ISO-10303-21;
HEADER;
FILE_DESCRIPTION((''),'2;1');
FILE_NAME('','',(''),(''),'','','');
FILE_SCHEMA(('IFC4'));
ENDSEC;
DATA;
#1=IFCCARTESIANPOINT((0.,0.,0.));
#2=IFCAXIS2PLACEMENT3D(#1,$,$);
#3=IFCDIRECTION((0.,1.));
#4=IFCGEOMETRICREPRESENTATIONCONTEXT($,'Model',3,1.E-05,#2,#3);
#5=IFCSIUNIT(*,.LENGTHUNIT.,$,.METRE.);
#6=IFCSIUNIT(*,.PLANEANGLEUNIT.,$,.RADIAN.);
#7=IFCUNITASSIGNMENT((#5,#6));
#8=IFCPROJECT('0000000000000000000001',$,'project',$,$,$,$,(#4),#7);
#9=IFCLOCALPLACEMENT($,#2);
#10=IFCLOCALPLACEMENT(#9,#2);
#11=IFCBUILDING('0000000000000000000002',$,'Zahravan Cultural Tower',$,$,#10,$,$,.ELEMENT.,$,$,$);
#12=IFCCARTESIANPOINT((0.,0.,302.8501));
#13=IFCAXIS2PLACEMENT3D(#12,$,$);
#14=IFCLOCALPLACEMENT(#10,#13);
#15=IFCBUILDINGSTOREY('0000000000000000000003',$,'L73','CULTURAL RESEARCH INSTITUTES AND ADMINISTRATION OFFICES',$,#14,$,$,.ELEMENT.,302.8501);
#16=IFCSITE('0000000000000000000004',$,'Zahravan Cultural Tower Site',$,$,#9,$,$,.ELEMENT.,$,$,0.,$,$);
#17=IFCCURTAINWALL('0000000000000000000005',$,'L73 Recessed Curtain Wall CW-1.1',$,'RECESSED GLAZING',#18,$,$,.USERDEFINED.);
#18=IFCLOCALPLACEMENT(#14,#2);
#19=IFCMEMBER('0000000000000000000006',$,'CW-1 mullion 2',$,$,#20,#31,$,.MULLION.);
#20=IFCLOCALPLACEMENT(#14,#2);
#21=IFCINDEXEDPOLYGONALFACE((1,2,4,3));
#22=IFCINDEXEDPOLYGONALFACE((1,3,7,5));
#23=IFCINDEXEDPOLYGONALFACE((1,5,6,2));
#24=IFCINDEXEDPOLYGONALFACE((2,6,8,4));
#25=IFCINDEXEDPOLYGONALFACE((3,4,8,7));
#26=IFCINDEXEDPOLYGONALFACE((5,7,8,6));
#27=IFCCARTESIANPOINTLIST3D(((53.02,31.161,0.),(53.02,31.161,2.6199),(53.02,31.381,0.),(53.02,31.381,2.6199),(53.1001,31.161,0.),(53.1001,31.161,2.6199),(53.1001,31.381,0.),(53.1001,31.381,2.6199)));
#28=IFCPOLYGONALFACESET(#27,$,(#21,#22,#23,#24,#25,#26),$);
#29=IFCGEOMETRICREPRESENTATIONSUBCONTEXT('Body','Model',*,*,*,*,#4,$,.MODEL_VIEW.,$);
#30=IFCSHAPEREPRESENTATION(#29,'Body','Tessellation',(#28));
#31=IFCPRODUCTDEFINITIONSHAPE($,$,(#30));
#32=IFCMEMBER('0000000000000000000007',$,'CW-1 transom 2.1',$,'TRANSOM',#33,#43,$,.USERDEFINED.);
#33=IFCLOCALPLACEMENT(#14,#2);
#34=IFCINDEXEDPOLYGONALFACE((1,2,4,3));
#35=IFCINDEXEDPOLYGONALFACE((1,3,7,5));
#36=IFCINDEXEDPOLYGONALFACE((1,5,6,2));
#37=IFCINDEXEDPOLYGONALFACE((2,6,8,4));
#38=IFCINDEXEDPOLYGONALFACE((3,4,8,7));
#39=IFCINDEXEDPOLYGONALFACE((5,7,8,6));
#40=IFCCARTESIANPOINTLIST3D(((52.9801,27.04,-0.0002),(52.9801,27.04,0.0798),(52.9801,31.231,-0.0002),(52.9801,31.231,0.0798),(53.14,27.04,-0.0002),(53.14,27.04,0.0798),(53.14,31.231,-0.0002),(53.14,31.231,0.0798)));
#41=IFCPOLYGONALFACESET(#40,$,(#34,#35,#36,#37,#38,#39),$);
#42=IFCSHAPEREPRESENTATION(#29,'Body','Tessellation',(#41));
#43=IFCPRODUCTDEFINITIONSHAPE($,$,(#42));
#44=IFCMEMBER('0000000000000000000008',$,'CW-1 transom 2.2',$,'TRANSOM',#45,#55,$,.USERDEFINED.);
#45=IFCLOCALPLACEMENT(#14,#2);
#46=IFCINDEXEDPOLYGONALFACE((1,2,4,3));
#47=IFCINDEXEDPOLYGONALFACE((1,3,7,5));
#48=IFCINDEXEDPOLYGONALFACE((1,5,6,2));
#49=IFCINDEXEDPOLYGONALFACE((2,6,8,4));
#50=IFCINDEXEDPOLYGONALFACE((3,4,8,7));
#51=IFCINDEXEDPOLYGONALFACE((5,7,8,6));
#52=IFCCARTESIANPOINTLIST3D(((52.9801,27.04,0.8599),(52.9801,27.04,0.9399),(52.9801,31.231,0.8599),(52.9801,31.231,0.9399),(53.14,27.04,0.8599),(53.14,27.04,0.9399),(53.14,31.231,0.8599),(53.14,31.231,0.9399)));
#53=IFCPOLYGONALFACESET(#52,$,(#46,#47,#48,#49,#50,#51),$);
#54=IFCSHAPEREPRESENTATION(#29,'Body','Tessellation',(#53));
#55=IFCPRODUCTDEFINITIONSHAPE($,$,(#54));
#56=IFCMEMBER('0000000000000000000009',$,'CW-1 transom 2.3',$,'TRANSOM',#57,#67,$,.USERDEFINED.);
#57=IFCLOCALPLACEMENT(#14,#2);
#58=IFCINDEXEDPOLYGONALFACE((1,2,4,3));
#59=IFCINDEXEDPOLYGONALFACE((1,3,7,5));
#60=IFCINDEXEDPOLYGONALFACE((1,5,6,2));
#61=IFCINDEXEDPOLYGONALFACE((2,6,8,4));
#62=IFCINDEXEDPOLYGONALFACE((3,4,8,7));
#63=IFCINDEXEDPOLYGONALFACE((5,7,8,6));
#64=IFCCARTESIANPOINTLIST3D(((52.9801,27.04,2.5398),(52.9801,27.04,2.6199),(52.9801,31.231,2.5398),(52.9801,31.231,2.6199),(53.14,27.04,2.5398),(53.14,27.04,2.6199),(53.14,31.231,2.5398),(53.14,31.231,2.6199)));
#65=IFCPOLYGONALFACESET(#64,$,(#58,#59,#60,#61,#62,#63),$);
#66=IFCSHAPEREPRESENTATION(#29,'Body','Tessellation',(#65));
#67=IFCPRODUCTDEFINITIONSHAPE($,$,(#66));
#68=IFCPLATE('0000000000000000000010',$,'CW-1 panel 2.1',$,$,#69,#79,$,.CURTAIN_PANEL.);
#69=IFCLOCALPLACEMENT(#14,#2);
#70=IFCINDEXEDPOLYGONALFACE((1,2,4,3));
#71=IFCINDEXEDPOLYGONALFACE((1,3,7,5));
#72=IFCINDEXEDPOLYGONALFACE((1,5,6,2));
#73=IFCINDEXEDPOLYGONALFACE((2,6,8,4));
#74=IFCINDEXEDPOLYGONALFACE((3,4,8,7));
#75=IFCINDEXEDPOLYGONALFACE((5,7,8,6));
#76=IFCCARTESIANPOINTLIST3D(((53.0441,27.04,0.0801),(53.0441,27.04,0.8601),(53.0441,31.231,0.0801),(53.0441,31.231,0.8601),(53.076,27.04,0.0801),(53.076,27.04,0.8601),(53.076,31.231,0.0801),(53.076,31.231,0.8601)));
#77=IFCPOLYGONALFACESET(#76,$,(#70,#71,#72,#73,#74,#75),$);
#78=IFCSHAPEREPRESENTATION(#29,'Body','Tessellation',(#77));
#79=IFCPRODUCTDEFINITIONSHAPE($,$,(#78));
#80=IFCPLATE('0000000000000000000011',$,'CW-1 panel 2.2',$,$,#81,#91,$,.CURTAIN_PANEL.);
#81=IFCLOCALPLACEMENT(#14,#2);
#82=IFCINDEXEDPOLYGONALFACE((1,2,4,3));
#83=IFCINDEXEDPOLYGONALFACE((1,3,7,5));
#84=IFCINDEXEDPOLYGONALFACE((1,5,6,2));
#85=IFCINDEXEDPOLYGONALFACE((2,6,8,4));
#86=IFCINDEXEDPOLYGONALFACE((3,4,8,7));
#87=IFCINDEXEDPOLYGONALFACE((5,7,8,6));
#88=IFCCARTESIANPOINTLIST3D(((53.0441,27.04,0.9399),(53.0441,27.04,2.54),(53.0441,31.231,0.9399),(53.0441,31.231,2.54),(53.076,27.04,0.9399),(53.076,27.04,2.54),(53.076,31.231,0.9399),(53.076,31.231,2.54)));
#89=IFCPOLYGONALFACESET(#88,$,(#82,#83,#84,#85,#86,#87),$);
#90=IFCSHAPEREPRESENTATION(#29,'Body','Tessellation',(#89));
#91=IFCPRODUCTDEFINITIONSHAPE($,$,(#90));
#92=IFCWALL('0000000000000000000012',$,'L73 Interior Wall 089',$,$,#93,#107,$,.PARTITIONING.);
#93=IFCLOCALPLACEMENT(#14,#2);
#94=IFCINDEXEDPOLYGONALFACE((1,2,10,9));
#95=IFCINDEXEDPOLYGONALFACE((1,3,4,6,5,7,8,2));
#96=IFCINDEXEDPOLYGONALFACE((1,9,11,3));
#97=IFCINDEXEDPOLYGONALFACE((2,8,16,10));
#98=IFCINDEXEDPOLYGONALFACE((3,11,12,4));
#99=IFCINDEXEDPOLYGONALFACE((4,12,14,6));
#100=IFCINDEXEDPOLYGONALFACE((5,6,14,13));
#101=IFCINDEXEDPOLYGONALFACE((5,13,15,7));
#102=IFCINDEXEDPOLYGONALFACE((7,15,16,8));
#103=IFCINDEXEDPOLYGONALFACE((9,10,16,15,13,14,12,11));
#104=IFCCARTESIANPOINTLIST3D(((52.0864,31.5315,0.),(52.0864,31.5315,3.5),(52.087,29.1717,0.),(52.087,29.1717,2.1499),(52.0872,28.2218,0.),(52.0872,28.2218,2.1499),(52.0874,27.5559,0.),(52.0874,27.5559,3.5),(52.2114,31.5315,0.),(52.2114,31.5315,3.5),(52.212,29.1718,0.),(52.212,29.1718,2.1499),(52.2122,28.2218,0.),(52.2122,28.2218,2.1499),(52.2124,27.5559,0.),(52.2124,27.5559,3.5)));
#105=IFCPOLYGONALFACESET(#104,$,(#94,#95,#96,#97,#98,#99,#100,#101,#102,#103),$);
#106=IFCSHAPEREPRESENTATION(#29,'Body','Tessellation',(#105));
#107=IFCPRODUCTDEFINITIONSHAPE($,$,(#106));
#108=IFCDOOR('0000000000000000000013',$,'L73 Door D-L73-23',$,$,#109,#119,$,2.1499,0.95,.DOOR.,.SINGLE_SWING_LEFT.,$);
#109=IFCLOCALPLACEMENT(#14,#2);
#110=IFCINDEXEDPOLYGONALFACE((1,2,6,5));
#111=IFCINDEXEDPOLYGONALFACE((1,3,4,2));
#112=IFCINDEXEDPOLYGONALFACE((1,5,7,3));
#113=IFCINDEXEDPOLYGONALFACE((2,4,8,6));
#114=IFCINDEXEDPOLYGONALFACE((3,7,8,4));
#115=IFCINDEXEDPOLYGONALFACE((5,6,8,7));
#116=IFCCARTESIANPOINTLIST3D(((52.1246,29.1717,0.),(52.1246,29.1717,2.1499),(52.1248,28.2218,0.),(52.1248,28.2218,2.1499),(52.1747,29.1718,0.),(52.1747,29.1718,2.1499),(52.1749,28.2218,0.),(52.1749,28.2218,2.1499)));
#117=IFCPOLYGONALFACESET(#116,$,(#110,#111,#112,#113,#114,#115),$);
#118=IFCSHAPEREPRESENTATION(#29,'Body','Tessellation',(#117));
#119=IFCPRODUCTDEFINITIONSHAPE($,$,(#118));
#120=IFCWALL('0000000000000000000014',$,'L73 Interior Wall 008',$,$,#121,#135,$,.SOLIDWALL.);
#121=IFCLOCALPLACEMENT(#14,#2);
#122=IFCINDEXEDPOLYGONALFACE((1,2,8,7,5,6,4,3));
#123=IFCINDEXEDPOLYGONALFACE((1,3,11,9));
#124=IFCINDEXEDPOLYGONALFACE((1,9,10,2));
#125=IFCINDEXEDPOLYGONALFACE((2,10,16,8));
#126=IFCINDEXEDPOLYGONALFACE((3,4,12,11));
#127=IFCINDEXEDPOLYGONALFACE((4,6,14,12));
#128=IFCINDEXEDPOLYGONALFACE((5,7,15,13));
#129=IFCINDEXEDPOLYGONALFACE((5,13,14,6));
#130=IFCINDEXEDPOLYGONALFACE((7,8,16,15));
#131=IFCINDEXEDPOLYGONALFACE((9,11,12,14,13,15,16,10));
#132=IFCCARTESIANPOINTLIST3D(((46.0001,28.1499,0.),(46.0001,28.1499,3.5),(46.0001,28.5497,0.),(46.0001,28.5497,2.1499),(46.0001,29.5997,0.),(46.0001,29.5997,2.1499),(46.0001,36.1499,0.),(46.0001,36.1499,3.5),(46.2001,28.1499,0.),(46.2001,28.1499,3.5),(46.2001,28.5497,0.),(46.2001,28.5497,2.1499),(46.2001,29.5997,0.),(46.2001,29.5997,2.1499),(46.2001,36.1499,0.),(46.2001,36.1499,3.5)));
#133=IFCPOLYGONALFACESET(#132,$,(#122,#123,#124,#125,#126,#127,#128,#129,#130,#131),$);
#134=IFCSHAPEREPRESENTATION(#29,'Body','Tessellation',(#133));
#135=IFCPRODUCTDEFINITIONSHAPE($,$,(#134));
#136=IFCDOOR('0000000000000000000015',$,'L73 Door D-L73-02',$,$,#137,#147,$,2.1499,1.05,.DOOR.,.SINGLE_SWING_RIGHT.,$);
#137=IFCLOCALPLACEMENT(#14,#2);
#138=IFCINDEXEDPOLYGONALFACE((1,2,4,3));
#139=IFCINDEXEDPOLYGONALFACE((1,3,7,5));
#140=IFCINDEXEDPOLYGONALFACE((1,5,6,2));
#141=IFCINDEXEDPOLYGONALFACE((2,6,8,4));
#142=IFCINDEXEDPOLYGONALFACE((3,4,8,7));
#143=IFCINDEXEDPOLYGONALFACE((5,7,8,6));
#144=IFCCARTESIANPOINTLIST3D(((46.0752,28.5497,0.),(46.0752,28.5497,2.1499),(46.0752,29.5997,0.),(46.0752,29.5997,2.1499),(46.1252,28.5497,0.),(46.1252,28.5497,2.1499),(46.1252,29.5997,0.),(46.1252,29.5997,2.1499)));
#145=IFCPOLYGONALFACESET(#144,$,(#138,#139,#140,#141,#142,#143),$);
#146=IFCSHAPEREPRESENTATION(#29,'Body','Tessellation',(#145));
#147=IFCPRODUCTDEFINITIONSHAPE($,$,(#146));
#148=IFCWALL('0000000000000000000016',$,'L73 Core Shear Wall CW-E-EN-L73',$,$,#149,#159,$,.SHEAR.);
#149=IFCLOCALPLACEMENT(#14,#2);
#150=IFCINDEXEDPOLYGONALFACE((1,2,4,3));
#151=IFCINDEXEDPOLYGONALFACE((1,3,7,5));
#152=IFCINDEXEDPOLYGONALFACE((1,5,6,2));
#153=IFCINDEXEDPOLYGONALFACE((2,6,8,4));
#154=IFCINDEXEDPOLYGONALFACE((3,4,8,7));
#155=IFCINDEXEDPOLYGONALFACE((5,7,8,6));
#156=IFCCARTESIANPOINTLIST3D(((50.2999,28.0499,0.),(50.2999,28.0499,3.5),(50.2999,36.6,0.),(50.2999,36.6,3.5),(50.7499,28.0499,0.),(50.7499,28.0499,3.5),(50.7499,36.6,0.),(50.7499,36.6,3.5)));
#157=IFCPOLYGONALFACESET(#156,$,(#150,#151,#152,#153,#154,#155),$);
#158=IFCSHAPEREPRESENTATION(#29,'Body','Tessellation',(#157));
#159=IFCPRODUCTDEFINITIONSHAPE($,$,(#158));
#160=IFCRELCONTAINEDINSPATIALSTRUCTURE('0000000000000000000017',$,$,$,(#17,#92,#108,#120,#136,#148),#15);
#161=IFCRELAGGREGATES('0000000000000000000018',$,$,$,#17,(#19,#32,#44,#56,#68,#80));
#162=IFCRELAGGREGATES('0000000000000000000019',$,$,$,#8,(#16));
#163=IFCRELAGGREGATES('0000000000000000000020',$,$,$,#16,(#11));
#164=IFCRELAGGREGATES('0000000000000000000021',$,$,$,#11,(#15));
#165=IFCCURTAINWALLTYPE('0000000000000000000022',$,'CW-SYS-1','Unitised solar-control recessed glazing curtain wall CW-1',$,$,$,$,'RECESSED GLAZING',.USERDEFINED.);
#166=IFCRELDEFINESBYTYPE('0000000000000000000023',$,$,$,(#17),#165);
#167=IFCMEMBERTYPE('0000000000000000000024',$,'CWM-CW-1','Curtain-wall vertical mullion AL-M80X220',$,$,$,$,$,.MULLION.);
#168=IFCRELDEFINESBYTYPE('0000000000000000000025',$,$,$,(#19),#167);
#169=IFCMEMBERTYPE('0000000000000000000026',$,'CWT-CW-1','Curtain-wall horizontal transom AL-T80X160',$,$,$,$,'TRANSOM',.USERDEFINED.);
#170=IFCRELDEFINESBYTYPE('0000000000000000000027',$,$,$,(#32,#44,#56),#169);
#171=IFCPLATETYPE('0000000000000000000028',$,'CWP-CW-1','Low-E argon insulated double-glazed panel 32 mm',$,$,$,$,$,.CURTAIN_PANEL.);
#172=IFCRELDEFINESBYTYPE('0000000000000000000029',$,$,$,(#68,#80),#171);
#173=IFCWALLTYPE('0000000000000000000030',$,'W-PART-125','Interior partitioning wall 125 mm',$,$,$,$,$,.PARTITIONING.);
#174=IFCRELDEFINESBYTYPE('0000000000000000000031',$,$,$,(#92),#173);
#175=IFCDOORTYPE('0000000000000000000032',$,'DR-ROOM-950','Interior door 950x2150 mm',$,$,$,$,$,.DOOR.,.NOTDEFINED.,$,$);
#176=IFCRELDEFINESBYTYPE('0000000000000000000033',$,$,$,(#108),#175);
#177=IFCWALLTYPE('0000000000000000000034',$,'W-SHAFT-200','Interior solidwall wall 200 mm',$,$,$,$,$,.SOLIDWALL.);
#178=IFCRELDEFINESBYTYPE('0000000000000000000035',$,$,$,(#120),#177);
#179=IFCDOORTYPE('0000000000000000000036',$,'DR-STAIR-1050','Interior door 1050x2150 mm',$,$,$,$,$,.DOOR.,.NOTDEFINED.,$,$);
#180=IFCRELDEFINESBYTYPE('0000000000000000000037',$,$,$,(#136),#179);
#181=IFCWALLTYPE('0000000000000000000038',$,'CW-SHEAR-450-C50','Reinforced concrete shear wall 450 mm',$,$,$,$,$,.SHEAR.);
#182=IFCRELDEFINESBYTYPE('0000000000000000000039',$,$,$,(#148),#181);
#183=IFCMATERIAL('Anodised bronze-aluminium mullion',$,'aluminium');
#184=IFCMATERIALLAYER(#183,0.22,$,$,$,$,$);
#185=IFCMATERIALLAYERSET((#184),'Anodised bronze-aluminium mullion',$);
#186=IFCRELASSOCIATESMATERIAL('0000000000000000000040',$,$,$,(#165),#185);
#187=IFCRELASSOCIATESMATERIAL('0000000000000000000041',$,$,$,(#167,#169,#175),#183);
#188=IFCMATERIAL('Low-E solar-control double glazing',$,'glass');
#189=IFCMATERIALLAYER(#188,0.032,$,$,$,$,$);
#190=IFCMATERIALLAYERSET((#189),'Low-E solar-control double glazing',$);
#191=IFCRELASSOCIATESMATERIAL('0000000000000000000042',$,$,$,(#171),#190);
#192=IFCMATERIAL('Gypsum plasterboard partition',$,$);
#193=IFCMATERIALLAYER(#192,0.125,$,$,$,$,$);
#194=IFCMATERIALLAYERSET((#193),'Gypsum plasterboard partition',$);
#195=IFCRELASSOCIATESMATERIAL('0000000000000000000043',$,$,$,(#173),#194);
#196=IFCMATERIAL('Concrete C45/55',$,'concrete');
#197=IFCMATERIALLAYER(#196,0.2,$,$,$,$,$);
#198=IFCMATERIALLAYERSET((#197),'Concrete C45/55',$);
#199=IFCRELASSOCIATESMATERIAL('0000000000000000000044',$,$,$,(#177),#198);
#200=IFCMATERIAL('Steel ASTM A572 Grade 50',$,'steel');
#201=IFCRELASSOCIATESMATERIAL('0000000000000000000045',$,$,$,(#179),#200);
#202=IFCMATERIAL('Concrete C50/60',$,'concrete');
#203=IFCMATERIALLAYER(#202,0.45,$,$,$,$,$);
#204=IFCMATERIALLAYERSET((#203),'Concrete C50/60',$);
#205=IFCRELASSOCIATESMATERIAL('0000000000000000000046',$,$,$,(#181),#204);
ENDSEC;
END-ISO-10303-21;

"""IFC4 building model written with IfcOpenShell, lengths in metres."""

from ifc_helpers import new_model, si_unit, direction, frame, frame_2d, origin, origin_2d, place, context, subcontext, project, spatial, rectangle, extrude, source, transform, mapped, material, layer, layer_set, material_profile, profile_set, type_object, element, fill, aggregate, save


model = new_model("IFC4")

# Units and contexts
model_context = context("Model", 3, precision=1e-05, world=origin(), true_north=direction((0.0, 1.0)))
body_context = subcontext(model_context, "Body", "Model", "MODEL_VIEW")
ifc_project = project(units=[si_unit("LENGTHUNIT", "METRE"), si_unit("PLANEANGLEUNIT", "RADIAN")], contexts=[model_context])

# Site, building, storey
site_placement = place(None, origin())
site = spatial("IfcSite", under=ifc_project, at=site_placement, Name="Zahravan Cultural Tower Site", CompositionType="ELEMENT", RefElevation=0.0)
building_placement = place(site_placement, origin())
building = spatial("IfcBuilding", under=site, at=building_placement, Name="Zahravan Cultural Tower", CompositionType="ELEMENT")
storey_placement = place(building_placement, frame((0.0, 0.0, 302.8501)))
storey = spatial("IfcBuildingStorey", under=building, at=storey_placement, Name="L73", Description="CULTURAL RESEARCH INSTITUTES AND ADMINISTRATION OFFICES", CompositionType="ELEMENT", Elevation=302.8501)

# Curtain wall, members, plates
ifc_material_1 = material(Name="Anodised bronze-aluminium mullion", Category="aluminium")
ifc_layer_1 = layer(ifc_material_1, 0.22)
ifc_layer_set_1 = layer_set([ifc_layer_1], Name="Anodised bronze-aluminium mullion")
curtain_wall_type = type_object("IfcCurtainWallType", Name="CW-SYS-1", Description="Unitised solar-control recessed glazing curtain wall CW-1", ElementType="RECESSED GLAZING", PredefinedType="USERDEFINED", material=ifc_layer_set_1)
curtain_wall_placement = place(storey_placement, origin())
curtain_wall = element("IfcCurtainWall", 1, at=curtain_wall_placement, inside=storey, type_object=curtain_wall_type, Name="L73 Recessed Curtain Wall CW-1.1", ObjectType="RECESSED GLAZING", PredefinedType="USERDEFINED")
ifc_material_profile_1 = material_profile(ifc_material_1, rectangle(XDim=0.0801, YDim=0.22, at=origin_2d()), Name="AL-M80X220")
ifc_profile_set_1 = profile_set([ifc_material_profile_1], Name="Anodised bronze-aluminium mullion")
member_type_1 = type_object("IfcMemberType", Name="CWM-CW-1", Description="Curtain-wall vertical mullion AL-M80X220", PredefinedType="MULLION", material=ifc_profile_set_1)
shared_shape_1 = source(origin(), body_context, "Body", "SweptSolid", [
    extrude(rectangle(XDim=0.0801, YDim=0.22, at=origin_2d()), origin(), (0.0, 0.0, 1.0), 2.6199),
])
member_1_placement = place(storey_placement, frame((53.0601, 31.271, 0.0), z_axis=(0.0, 0.0, 1.0), x_axis=(1.0, 0.0, 0.0)))
member_1 = element("IfcMember", 2, at=member_1_placement, type_object=member_type_1, Name="CW-1 mullion 2", PredefinedType="MULLION", context=body_context, shape_type="MappedRepresentation", body=[
    mapped(shared_shape_1, transform((0.0, 0.0, 0.0), x_axis=(1.0, 0.0, 0.0), y_axis=(0.0, 1.0, 0.0), z_axis=(0.0, 0.0, 1.0), scale=1.0)),
])
ifc_material_profile_2 = material_profile(ifc_material_1, rectangle(XDim=0.1599, YDim=0.0801, at=origin_2d()), Name="AL-T80X160")
ifc_profile_set_2 = profile_set([ifc_material_profile_2], Name="Anodised bronze-aluminium mullion")
member_type_2 = type_object("IfcMemberType", Name="CWT-CW-1", Description="Curtain-wall horizontal transom AL-T80X160", ElementType="TRANSOM", PredefinedType="USERDEFINED", material=ifc_profile_set_2)
shared_shape_2 = source(origin(), body_context, "Body", "SweptSolid", [
    extrude(rectangle(XDim=0.1599, YDim=0.0801, at=origin_2d()), origin(), (0.0, 0.0, 1.0), 4.1909),
])
member_2_placement = place(storey_placement, frame((53.0601, 31.231, 0.0398), z_axis=(0.0, -1.0, 0.0), x_axis=(1.0, 0.0, 0.0)))
member_2 = element("IfcMember", 3, at=member_2_placement, type_object=member_type_2, Name="CW-1 transom 2.1", ObjectType="TRANSOM", PredefinedType="USERDEFINED", context=body_context, shape_type="MappedRepresentation", body=[
    mapped(shared_shape_2, transform((0.0, 0.0, 0.0), x_axis=(1.0, 0.0, 0.0), y_axis=(0.0, 1.0, 0.0), z_axis=(0.0, 0.0, 1.0), scale=1.0)),
])
member_3_placement = place(storey_placement, frame((53.0601, 31.231, 0.8999), z_axis=(0.0, -1.0, 0.0), x_axis=(1.0, 0.0, 0.0)))
member_3 = element("IfcMember", 4, at=member_3_placement, type_object=member_type_2, Name="CW-1 transom 2.2", ObjectType="TRANSOM", PredefinedType="USERDEFINED", context=body_context, shape_type="MappedRepresentation", body=[
    mapped(shared_shape_2, transform((0.0, 0.0, 0.0), x_axis=(1.0, 0.0, 0.0), y_axis=(0.0, 1.0, 0.0), z_axis=(0.0, 0.0, 1.0), scale=1.0)),
])
member_4_placement = place(storey_placement, frame((53.0601, 31.231, 2.5798), z_axis=(0.0, -1.0, 0.0), x_axis=(1.0, 0.0, 0.0)))
member_4 = element("IfcMember", 5, at=member_4_placement, type_object=member_type_2, Name="CW-1 transom 2.3", ObjectType="TRANSOM", PredefinedType="USERDEFINED", context=body_context, shape_type="MappedRepresentation", body=[
    mapped(shared_shape_2, transform((0.0, 0.0, 0.0), x_axis=(1.0, 0.0, 0.0), y_axis=(0.0, 1.0, 0.0), z_axis=(0.0, 0.0, 1.0), scale=1.0)),
])
ifc_material_2 = material(Name="Low-E solar-control double glazing", Category="glass")
ifc_layer_2 = layer(ifc_material_2, 0.032)
ifc_layer_set_2 = layer_set([ifc_layer_2], Name="Low-E solar-control double glazing")
plate_type = type_object("IfcPlateType", Name="CWP-CW-1", Description="Low-E argon insulated double-glazed panel 32 mm", PredefinedType="CURTAIN_PANEL", material=ifc_layer_set_2)
shared_shape_3 = source(origin(), body_context, "Body", "SweptSolid", [
    extrude(rectangle(XDim=4.1909, YDim=0.032, at=origin_2d()), origin(), (0.0, 0.0, 1.0), 0.78),
])
plate_1_placement = place(storey_placement, frame((53.0601, 29.1355, 0.0801), z_axis=(0.0, 0.0, 1.0), x_axis=(0.0, -1.0, 0.0)))
plate_1 = element("IfcPlate", 6, at=plate_1_placement, type_object=plate_type, Name="CW-1 panel 2.1", PredefinedType="CURTAIN_PANEL", context=body_context, shape_type="MappedRepresentation", body=[
    mapped(shared_shape_3, transform((0.0, 0.0, 0.0), x_axis=(1.0, 0.0, 0.0), y_axis=(0.0, 1.0, 0.0), z_axis=(0.0, 0.0, 1.0), scale=1.0)),
])
shared_shape_4 = source(origin(), body_context, "Body", "SweptSolid", [
    extrude(rectangle(XDim=4.1909, YDim=0.032, at=origin_2d()), origin(), (0.0, 0.0, 1.0), 1.6001),
])
plate_2_placement = place(storey_placement, frame((53.0601, 29.1355, 0.9399), z_axis=(0.0, 0.0, 1.0), x_axis=(0.0, -1.0, 0.0)))
plate_2 = element("IfcPlate", 7, at=plate_2_placement, type_object=plate_type, Name="CW-1 panel 2.2", PredefinedType="CURTAIN_PANEL", context=body_context, shape_type="MappedRepresentation", body=[
    mapped(shared_shape_4, transform((0.0, 0.0, 0.0), x_axis=(1.0, 0.0, 0.0), y_axis=(0.0, 1.0, 0.0), z_axis=(0.0, 0.0, 1.0), scale=1.0)),
])
aggregate(curtain_wall, [member_1, member_2, member_3, member_4, plate_1, plate_2])

# Walls, openings, doors
ifc_material_3 = material(Name="Gypsum plasterboard partition")
ifc_layer_3 = layer(ifc_material_3, 0.125)
ifc_layer_set_3 = layer_set([ifc_layer_3], Name="Gypsum plasterboard partition")
wall_type_1 = type_object("IfcWallType", Name="W-PART-125", Description="Interior partitioning wall 125 mm", PredefinedType="PARTITIONING", material=ifc_layer_set_3)
wall_1_placement = place(storey_placement, frame((52.1499, 27.5559, 0.0), z_axis=(0.0, 0.0, 1.0), x_axis=(-0.000246, 1.0, 0.0)))
wall_1 = element("IfcWall", 8, at=wall_1_placement, inside=storey, type_object=wall_type_1, Name="L73 Interior Wall 089", PredefinedType="PARTITIONING", context=body_context, shape_type="SweptSolid", body=[
    extrude(rectangle(XDim=3.9756, YDim=0.125, at=frame_2d((1.9878, 0.0))), origin(), (0.0, 0.0, 1.0), 3.5),
])
opening_1_placement = place(wall_1_placement, frame((0.6658, 0.0, 0.0)))
opening_1 = element("IfcOpeningElement", 9, at=opening_1_placement, cuts=wall_1, PredefinedType="OPENING", context=body_context, shape_type="SweptSolid", body=[
    extrude(rectangle(XDim=0.95, YDim=2.1499, at=frame_2d((0.4751, 1.075))), frame((0.0, 0.0725, 0.0), z_axis=(0.0, -1.0, 0.0), x_axis=(1.0, 0.0, 0.0)), (0.0, 0.0, 1.0), 0.145),
])
door_type_1 = type_object("IfcDoorType", Name="DR-ROOM-950", Description="Interior door 950x2150 mm", OperationType="NOTDEFINED", PredefinedType="DOOR", material=ifc_material_1)
shared_shape_5 = source(origin(), body_context, "Body", "SweptSolid", [
    extrude(rectangle(XDim=0.95, YDim=2.1499, at=frame_2d((0.4751, 1.075))), frame((0.0, 0.0249, 0.0), z_axis=(0.0, -1.0, 0.0), x_axis=(1.0, 0.0, 0.0)), (0.0, 0.0, 1.0), 0.05),
])
door_1_placement = place(opening_1_placement, origin())
door_1 = element("IfcDoor", 10, at=door_1_placement, inside=storey, type_object=door_type_1, Name="L73 Door D-L73-23", OperationType="SINGLE_SWING_LEFT", OverallHeight=2.1499, OverallWidth=0.95, PredefinedType="DOOR", context=body_context, shape_type="MappedRepresentation", body=[
    mapped(shared_shape_5, transform((0.0, 0.0, 0.0), x_axis=(1.0, 0.0, 0.0), y_axis=(0.0, 1.0, 0.0), z_axis=(0.0, 0.0, 1.0), scale=1.0)),
])
fill(opening_1, door_1)
ifc_material_4 = material(Name="Concrete C45/55", Category="concrete")
ifc_layer_4 = layer(ifc_material_4, 0.2)
ifc_layer_set_4 = layer_set([ifc_layer_4], Name="Concrete C45/55")
wall_type_2 = type_object("IfcWallType", Name="W-SHAFT-200", Description="Interior solidwall wall 200 mm", PredefinedType="SOLIDWALL", material=ifc_layer_set_4)
wall_2_placement = place(storey_placement, frame((46.1001, 28.1499, 0.0), z_axis=(0.0, 0.0, 1.0), x_axis=(0.0, 1.0, 0.0)))
wall_2 = element("IfcWall", 11, at=wall_2_placement, inside=storey, type_object=wall_type_2, Name="L73 Interior Wall 008", PredefinedType="SOLIDWALL", context=body_context, shape_type="SweptSolid", body=[
    extrude(rectangle(XDim=8.0, YDim=0.2, at=frame_2d((4.0, 0.0))), origin(), (0.0, 0.0, 1.0), 3.5),
])
opening_2_placement = place(wall_2_placement, frame((0.3999, 0.0, 0.0)))
opening_2 = element("IfcOpeningElement", 12, at=opening_2_placement, cuts=wall_2, PredefinedType="OPENING", context=body_context, shape_type="SweptSolid", body=[
    extrude(rectangle(XDim=1.05, YDim=2.1499, at=frame_2d((0.5249, 1.075))), frame((0.0, 0.1099, 0.0), z_axis=(0.0, -1.0, 0.0), x_axis=(1.0, 0.0, 0.0)), (0.0, 0.0, 1.0), 0.22),
])
ifc_material_5 = material(Name="Steel ASTM A572 Grade 50", Category="steel")
door_type_2 = type_object("IfcDoorType", Name="DR-STAIR-1050", Description="Interior door 1050x2150 mm", OperationType="NOTDEFINED", PredefinedType="DOOR", material=ifc_material_5)
shared_shape_6 = source(origin(), body_context, "Body", "SweptSolid", [
    extrude(rectangle(XDim=1.05, YDim=2.1499, at=frame_2d((0.5249, 1.075))), frame((0.0, 0.0249, 0.0), z_axis=(0.0, -1.0, 0.0), x_axis=(1.0, 0.0, 0.0)), (0.0, 0.0, 1.0), 0.05),
])
door_2_placement = place(opening_2_placement, origin())
door_2 = element("IfcDoor", 13, at=door_2_placement, inside=storey, type_object=door_type_2, Name="L73 Door D-L73-02", OperationType="SINGLE_SWING_RIGHT", OverallHeight=2.1499, OverallWidth=1.05, PredefinedType="DOOR", context=body_context, shape_type="MappedRepresentation", body=[
    mapped(shared_shape_6, transform((0.0, 0.0, 0.0), x_axis=(1.0, 0.0, 0.0), y_axis=(0.0, 1.0, 0.0), z_axis=(0.0, 0.0, 1.0), scale=1.0)),
])
fill(opening_2, door_2)

# Wall
ifc_material_6 = material(Name="Concrete C50/60", Category="concrete")
ifc_layer_5 = layer(ifc_material_6, 0.45)
ifc_layer_set_5 = layer_set([ifc_layer_5], Name="Concrete C50/60")
wall_type_3 = type_object("IfcWallType", Name="CW-SHEAR-450-C50", Description="Reinforced concrete shear wall 450 mm", PredefinedType="SHEAR", material=ifc_layer_set_5)
shared_shape_7 = source(origin(), body_context, "Body", "SweptSolid", [
    extrude(rectangle(XDim=8.55, YDim=0.45, at=frame_2d((4.2749, 0.0))), origin(), (0.0, 0.0, 1.0), 3.5),
])
wall_3_placement = place(storey_placement, frame((50.5249, 28.05, 0.0), z_axis=(0.0, 0.0, 1.0), x_axis=(0.0, 1.0, 0.0)))
element("IfcWall", 14, at=wall_3_placement, inside=storey, type_object=wall_type_3, Name="L73 Core Shear Wall CW-E-EN-L73", PredefinedType="SHEAR", context=body_context, shape_type="MappedRepresentation", body=[
    mapped(shared_shape_7, transform((0.0, 0.0, 0.0), x_axis=(1.0, 0.0, 0.0), y_axis=(0.0, 1.0, 0.0), z_axis=(0.0, 0.0, 1.0), scale=1.0)),
])

save(model, "model.ifc")
